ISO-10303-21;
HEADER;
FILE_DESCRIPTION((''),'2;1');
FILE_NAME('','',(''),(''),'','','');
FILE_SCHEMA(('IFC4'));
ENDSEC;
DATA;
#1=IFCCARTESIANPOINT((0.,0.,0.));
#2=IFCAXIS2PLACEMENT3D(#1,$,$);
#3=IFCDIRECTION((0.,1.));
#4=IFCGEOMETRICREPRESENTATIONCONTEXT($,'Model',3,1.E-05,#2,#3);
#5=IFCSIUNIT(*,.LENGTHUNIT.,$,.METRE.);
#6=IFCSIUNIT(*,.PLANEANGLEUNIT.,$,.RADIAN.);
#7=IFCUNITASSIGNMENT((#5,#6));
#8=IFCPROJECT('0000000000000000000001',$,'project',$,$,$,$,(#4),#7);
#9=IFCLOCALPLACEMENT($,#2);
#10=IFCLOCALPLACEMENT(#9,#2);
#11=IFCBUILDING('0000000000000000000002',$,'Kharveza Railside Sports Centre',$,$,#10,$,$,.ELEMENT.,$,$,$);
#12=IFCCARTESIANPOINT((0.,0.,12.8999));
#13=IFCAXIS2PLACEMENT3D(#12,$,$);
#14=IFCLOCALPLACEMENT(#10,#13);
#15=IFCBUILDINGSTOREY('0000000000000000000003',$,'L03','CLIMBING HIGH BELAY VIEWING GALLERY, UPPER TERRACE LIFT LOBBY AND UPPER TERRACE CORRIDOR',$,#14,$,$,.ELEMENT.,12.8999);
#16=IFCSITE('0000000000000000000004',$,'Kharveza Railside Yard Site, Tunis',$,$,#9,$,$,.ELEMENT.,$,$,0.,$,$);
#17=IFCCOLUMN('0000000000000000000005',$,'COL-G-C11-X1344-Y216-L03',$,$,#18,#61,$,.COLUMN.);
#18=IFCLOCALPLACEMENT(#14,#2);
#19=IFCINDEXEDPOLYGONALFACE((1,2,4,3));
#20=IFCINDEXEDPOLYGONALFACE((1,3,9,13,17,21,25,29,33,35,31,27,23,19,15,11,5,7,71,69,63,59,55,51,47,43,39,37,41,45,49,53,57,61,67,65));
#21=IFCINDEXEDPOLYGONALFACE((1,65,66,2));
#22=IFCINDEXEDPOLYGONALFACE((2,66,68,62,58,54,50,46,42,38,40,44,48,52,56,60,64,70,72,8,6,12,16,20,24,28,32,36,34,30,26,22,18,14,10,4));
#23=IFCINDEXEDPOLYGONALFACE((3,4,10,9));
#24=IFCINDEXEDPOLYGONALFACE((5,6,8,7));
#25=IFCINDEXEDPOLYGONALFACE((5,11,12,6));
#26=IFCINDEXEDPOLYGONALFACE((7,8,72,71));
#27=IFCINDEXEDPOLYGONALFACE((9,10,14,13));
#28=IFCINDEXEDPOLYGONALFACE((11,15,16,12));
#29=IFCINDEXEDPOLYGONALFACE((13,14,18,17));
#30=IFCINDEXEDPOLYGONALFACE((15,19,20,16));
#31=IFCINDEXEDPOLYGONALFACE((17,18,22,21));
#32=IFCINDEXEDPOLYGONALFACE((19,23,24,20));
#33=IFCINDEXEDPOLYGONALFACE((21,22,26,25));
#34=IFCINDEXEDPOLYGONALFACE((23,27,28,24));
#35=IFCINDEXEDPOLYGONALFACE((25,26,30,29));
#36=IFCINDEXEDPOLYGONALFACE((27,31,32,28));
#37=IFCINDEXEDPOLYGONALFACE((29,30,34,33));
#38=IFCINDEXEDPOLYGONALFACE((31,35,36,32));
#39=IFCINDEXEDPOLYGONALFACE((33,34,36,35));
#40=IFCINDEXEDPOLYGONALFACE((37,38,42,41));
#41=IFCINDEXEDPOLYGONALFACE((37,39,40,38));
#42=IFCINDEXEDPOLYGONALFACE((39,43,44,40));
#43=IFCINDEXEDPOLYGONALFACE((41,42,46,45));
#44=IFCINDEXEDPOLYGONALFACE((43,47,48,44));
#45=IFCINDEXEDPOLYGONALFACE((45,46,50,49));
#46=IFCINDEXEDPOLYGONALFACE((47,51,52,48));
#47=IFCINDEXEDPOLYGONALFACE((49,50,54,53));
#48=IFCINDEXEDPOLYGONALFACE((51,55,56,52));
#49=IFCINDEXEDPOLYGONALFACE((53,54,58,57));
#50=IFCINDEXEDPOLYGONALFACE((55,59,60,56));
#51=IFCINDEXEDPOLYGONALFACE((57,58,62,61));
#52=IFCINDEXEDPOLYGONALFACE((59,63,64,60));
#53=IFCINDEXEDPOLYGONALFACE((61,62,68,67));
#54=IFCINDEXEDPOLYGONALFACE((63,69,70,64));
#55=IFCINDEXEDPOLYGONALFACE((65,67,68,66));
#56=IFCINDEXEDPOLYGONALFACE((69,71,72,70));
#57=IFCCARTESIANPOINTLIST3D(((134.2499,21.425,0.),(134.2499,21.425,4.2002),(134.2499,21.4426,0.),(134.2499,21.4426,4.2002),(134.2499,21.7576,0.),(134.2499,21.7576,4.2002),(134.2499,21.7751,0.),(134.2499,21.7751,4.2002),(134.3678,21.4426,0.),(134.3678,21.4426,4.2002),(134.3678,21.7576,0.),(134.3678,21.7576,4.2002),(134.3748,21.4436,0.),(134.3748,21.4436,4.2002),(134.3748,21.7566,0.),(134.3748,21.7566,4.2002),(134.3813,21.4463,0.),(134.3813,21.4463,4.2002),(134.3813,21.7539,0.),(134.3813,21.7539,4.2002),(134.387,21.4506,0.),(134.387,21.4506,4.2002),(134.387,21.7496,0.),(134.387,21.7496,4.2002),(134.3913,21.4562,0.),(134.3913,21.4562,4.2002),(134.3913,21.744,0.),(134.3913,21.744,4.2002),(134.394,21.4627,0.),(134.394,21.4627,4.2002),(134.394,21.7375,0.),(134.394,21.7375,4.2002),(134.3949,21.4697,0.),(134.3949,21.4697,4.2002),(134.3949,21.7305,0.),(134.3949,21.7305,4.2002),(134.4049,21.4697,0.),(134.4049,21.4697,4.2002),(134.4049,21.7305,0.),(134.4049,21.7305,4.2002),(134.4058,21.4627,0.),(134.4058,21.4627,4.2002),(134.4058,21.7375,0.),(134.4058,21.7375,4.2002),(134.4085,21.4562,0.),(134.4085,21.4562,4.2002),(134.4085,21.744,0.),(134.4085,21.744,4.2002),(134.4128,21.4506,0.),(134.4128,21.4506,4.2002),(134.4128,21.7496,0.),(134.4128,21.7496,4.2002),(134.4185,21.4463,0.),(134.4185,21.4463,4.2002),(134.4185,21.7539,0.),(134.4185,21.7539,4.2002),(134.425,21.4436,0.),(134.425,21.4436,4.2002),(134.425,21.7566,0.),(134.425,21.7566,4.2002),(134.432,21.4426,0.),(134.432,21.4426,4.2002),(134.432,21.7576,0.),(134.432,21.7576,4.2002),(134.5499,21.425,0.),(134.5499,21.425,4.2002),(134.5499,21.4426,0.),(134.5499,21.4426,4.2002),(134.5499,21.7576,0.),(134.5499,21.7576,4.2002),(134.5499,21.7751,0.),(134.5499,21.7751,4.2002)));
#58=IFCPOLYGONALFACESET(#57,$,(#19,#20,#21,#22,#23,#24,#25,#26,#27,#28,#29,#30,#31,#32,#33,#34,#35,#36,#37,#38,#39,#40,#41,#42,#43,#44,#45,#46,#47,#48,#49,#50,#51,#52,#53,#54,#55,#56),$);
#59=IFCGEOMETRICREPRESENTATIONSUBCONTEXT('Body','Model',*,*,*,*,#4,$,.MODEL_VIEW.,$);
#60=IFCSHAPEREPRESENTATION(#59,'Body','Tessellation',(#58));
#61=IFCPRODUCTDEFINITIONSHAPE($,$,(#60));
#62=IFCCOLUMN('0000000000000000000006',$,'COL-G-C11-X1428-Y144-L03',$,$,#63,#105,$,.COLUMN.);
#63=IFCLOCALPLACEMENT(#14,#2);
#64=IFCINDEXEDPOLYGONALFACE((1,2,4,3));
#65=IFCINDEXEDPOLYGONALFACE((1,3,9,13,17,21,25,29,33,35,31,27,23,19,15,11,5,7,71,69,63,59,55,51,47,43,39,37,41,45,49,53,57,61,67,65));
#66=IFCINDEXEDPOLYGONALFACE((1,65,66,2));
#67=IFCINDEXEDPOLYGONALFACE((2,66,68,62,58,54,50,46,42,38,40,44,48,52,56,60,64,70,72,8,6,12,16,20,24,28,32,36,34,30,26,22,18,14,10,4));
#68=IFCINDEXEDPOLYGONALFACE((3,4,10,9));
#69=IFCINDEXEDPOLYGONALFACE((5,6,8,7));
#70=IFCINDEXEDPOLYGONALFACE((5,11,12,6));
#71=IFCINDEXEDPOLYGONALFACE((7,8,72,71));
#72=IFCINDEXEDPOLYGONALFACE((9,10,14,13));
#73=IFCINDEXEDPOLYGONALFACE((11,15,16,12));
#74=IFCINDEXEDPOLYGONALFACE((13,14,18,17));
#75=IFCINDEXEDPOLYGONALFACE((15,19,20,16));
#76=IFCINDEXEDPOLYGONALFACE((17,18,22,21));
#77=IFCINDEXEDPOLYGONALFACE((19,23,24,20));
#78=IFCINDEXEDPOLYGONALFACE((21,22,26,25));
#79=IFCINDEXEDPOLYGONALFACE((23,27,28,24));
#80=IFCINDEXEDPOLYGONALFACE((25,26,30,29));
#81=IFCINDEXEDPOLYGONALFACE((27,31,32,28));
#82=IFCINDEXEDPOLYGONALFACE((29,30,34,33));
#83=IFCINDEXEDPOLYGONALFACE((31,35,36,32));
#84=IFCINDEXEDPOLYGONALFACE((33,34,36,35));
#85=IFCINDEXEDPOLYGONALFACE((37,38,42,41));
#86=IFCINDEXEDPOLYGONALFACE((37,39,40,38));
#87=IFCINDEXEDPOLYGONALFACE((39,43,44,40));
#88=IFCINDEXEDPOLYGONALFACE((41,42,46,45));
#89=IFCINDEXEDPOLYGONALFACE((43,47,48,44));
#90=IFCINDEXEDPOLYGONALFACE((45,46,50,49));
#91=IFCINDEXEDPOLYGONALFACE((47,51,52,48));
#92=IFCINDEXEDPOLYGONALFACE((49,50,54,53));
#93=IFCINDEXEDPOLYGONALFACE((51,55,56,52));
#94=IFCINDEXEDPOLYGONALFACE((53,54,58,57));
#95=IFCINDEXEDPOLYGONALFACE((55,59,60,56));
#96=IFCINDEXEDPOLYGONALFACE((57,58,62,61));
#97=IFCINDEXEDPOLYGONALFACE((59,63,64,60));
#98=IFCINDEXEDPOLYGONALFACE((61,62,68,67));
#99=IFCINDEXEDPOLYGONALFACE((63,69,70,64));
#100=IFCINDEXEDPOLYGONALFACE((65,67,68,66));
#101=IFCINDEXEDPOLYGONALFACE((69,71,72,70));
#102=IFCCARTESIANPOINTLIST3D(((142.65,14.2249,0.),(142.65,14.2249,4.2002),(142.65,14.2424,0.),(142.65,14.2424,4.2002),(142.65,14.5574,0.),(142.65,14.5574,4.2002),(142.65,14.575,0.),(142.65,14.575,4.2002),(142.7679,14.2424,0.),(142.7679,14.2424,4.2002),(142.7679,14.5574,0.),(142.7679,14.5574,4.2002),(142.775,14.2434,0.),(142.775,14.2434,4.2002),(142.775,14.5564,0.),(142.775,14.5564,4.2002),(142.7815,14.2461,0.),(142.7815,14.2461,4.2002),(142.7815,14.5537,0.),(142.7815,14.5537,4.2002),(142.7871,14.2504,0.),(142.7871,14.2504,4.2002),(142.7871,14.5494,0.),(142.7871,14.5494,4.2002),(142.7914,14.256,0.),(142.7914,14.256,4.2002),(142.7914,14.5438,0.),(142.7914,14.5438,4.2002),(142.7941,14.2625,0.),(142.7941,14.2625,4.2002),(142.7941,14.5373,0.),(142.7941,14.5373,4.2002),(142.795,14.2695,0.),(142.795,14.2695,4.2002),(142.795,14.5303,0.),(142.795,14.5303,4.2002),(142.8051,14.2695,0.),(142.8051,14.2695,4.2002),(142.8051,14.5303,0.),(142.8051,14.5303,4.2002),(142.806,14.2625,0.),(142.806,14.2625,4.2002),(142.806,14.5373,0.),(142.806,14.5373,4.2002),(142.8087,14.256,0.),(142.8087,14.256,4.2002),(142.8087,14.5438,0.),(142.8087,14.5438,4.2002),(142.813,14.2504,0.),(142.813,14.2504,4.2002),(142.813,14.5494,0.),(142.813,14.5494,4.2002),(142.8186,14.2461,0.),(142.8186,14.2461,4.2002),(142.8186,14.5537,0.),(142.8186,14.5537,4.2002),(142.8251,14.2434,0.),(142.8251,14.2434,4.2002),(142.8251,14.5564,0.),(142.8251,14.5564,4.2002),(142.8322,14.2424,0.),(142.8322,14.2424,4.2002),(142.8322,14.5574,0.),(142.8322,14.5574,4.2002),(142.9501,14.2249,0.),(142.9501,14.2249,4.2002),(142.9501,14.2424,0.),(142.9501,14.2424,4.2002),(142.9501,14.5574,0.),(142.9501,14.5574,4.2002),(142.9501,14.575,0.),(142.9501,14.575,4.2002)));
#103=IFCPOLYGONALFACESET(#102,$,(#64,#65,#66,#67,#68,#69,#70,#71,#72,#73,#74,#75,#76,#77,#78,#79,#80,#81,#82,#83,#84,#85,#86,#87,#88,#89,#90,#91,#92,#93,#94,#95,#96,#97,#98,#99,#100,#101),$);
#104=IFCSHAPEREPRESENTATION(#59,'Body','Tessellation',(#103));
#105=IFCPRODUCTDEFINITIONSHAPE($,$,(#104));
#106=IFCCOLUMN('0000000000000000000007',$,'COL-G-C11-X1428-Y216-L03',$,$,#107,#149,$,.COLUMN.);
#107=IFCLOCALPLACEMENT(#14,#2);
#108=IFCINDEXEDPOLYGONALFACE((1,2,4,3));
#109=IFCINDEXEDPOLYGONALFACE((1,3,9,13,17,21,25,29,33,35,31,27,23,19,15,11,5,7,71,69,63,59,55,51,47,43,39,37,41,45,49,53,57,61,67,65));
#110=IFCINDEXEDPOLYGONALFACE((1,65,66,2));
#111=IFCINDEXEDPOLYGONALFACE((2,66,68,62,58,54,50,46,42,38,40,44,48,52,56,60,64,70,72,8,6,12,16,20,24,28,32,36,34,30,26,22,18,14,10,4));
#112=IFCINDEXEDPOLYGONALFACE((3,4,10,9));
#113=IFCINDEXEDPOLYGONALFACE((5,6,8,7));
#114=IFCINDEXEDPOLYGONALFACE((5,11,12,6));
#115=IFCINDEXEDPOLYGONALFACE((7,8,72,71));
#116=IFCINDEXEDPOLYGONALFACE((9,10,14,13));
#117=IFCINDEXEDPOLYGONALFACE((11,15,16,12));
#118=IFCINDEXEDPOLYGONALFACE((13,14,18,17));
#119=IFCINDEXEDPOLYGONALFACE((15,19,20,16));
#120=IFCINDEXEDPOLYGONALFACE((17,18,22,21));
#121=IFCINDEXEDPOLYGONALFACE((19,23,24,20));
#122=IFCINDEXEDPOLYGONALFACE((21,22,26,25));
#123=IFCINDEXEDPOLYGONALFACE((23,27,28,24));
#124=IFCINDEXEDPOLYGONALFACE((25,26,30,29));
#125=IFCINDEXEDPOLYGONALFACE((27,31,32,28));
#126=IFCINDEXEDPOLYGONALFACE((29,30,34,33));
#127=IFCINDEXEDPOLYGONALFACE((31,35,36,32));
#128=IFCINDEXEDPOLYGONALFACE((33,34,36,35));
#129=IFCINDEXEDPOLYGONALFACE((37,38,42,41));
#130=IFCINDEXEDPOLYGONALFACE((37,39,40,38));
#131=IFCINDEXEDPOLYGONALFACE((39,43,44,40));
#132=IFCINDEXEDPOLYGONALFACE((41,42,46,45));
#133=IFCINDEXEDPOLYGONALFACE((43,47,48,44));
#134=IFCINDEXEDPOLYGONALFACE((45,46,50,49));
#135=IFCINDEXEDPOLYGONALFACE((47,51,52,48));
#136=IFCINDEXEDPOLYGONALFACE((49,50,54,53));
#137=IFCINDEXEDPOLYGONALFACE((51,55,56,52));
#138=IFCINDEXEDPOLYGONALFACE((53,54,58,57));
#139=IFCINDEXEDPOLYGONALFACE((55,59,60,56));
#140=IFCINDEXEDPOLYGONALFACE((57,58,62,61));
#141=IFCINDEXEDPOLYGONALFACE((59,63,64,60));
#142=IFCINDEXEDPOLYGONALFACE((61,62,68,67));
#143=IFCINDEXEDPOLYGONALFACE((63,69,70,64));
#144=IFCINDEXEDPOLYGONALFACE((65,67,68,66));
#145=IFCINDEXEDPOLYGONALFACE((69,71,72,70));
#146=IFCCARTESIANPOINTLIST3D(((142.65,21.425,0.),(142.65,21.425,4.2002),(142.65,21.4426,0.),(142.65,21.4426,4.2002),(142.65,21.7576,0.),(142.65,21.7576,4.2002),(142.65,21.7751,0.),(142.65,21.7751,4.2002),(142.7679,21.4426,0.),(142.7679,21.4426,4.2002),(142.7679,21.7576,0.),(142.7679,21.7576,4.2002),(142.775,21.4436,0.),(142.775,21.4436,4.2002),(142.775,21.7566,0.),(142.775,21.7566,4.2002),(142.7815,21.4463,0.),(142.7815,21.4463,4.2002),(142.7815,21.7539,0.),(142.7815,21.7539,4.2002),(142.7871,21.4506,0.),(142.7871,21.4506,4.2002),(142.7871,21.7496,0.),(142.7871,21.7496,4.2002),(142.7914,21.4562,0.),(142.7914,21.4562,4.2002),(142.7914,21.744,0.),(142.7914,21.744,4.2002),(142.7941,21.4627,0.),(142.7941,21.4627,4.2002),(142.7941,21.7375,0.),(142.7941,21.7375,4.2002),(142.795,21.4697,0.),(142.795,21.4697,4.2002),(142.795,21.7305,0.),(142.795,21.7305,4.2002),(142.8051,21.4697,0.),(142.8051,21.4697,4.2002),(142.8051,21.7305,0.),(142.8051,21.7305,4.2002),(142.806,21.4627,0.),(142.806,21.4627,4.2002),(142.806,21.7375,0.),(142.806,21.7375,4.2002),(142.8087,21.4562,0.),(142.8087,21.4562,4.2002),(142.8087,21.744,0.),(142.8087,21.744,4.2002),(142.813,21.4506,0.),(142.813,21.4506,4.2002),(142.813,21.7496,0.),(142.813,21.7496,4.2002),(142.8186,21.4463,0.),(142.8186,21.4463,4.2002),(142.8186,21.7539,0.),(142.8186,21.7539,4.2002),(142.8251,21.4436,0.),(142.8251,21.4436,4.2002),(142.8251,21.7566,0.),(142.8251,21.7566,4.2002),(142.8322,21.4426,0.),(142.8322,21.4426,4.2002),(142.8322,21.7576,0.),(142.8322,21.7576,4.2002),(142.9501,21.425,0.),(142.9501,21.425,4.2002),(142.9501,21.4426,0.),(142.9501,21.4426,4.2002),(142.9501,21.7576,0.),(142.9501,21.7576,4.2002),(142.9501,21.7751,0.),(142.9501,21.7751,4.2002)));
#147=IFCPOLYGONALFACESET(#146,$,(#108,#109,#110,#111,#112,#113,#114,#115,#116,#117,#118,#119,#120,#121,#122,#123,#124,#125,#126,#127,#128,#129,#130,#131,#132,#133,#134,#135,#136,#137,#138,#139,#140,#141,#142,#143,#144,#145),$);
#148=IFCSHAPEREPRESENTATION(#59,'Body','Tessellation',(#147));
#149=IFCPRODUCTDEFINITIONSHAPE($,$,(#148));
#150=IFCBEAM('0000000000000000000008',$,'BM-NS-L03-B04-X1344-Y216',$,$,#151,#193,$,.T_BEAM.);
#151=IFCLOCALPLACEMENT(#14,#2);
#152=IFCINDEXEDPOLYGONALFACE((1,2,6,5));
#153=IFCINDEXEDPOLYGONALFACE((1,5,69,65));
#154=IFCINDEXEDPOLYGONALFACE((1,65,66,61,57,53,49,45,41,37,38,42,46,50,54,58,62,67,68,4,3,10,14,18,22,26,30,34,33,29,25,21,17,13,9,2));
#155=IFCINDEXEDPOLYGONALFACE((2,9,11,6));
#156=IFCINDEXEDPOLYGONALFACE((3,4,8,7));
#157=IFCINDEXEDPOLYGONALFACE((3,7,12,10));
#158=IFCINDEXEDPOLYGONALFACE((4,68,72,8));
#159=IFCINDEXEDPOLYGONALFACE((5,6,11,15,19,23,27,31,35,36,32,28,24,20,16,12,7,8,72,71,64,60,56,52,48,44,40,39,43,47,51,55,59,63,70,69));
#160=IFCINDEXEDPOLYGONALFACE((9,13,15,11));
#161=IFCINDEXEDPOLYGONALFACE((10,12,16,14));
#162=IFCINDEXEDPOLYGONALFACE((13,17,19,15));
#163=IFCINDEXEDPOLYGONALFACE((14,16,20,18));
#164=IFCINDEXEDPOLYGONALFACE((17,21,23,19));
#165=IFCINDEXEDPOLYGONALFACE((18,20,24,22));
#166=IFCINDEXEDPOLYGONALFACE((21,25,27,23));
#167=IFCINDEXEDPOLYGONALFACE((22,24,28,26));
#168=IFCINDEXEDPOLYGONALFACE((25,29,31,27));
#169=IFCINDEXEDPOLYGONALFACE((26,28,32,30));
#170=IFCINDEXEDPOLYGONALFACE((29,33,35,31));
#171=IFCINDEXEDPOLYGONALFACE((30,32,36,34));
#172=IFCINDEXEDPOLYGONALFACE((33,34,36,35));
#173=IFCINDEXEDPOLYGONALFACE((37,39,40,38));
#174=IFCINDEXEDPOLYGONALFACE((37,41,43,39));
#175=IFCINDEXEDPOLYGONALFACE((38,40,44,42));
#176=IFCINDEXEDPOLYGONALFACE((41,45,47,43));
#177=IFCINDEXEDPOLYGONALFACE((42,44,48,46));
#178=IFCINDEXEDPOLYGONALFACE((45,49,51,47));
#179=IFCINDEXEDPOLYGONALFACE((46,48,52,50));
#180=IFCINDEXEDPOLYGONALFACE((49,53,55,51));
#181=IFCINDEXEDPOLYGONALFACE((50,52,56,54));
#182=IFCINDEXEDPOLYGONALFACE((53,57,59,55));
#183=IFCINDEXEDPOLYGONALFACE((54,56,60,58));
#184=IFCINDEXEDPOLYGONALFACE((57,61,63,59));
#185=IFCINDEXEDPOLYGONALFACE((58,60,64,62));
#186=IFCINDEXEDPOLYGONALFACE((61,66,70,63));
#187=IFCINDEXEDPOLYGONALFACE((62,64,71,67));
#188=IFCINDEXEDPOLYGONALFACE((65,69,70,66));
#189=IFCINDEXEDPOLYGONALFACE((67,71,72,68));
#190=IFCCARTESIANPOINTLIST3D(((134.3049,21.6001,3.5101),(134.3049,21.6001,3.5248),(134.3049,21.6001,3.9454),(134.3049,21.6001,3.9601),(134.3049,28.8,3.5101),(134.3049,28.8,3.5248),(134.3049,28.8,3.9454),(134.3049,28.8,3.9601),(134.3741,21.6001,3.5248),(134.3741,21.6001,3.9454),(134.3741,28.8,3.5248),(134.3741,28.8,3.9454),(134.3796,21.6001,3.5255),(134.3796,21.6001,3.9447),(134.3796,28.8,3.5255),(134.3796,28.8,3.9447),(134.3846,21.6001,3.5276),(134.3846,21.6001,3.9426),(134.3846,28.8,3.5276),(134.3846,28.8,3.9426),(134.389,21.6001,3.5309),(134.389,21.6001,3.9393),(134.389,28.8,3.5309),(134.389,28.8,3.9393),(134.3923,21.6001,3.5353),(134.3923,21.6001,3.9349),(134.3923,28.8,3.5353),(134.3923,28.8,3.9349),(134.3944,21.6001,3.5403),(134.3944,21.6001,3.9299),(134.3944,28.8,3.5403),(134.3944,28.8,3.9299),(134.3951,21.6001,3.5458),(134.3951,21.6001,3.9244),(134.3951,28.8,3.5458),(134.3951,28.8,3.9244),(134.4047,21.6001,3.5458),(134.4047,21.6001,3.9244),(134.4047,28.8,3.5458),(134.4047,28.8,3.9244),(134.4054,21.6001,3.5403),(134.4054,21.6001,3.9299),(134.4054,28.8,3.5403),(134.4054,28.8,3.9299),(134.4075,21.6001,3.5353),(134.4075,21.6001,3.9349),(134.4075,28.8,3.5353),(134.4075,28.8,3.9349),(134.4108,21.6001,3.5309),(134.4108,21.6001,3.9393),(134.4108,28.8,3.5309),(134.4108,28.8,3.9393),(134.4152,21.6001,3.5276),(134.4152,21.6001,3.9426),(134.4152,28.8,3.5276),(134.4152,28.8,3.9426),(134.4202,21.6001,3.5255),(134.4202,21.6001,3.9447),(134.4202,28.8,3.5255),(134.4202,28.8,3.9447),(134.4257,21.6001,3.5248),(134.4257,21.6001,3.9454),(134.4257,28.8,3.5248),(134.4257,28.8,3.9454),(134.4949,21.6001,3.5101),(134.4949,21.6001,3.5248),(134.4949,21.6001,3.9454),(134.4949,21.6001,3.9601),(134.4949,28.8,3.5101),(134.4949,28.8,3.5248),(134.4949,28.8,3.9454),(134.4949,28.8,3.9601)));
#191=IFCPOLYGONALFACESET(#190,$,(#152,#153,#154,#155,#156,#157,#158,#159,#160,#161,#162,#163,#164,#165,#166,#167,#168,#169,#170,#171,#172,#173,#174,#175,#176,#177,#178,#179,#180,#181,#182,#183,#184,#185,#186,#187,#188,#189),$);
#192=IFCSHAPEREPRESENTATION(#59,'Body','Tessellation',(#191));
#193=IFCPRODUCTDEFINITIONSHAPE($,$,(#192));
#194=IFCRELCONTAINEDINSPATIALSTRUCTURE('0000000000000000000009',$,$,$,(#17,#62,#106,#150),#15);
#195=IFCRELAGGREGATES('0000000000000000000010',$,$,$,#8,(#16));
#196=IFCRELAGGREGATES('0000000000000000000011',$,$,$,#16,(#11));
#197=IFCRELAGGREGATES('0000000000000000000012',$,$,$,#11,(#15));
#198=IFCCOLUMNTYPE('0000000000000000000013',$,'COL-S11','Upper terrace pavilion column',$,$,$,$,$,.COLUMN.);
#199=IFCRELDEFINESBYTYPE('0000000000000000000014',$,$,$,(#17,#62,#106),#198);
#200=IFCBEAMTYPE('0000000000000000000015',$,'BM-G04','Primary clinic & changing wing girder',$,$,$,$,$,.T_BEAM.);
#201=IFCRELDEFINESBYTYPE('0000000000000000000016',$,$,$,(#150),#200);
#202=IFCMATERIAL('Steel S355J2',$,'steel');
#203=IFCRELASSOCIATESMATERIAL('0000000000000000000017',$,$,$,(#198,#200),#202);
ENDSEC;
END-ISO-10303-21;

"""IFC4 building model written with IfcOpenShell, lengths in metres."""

from ifc_helpers import new_model, si_unit, direction, frame, origin, origin_2d, place, context, subcontext, project, spatial, i_section, extrude, material, material_profile, profile_set, type_object, element, save


model = new_model("IFC4")

# Units and contexts
model_context = context("Model", 3, precision=1e-05, world=origin(), true_north=direction((0.0, 1.0)))
body_context = subcontext(model_context, "Body", "Model", "MODEL_VIEW")
ifc_project = project(units=[si_unit("LENGTHUNIT", "METRE"), si_unit("PLANEANGLEUNIT", "RADIAN")], contexts=[model_context])

# Site, building, storey
site_placement = place(None, origin())
site = spatial("IfcSite", under=ifc_project, at=site_placement, Name="Kharveza Railside Yard Site, Tunis", CompositionType="ELEMENT", RefElevation=0.0)
building_placement = place(site_placement, origin())
building = spatial("IfcBuilding", under=site, at=building_placement, Name="Kharveza Railside Sports Centre", CompositionType="ELEMENT")
storey_placement = place(building_placement, frame((0.0, 0.0, 12.8999)))
storey = spatial("IfcBuildingStorey", under=building, at=storey_placement, Name="L03", Description="CLIMBING HIGH BELAY VIEWING GALLERY, UPPER TERRACE LIFT LOBBY AND UPPER TERRACE CORRIDOR", CompositionType="ELEMENT", Elevation=12.8999)

# Columns
ifc_material_1 = material(Name="Steel S355J2", Category="steel")
ifc_material_profile_1 = material_profile(ifc_material_1, i_section(OverallWidth=0.3, OverallDepth=0.3501, WebThickness=0.01, FlangeThickness=0.0176, FilletRadius=0.0271, at=origin_2d()), Name="HEA 360")
ifc_profile_set_1 = profile_set([ifc_material_profile_1], Name="Steel S355J2")
column_type = type_object("IfcColumnType", Name="COL-S11", Description="Upper terrace pavilion column", PredefinedType="COLUMN", material=ifc_profile_set_1)
for number, where, z_axis, x_axis, name in (
    (1, (134.3999, 21.6001, 0.0), (0.0, 0.0, 1.0), (1.0, 0.0, 0.0), "COL-G-C11-X1344-Y216-L03"),
    (2, (142.8, 14.3999, 0.0), (0.0, 0.0, 1.0), (1.0, 0.0, 0.0), "COL-G-C11-X1428-Y144-L03"),
    (3, (142.8, 21.6001, 0.0), (0.0, 0.0, 1.0), (1.0, 0.0, 0.0), "COL-G-C11-X1428-Y216-L03"),
):
    element("IfcColumn", number, at=place(storey_placement, frame(where, z_axis=z_axis, x_axis=x_axis)), inside=storey, type_object=column_type, Name=name, PredefinedType="COLUMN", context=body_context, shape_type="SweptSolid", body=[
        extrude(i_section(OverallWidth=0.3, OverallDepth=0.3501, WebThickness=0.01, FlangeThickness=0.0176, FilletRadius=0.0271, at=origin_2d()), origin(), (0.0, 0.0, 1.0), 4.2002),
    ])

# Beam
ifc_material_profile_2 = material_profile(ifc_material_1, i_section(OverallWidth=0.1899, OverallDepth=0.45, WebThickness=0.0095, FlangeThickness=0.0146, FilletRadius=0.021, at=origin_2d()), Name="IPE 450")
ifc_profile_set_2 = profile_set([ifc_material_profile_2], Name="Steel S355J2")
beam_type_1 = type_object("IfcBeamType", Name="BM-G04", Description="Primary clinic & changing wing girder", PredefinedType="T_BEAM", material=ifc_profile_set_2)
beam_1_placement = place(storey_placement, frame((134.3999, 21.6001, 3.7351), z_axis=(0.0, 1.0, 0.0), x_axis=(-1.0, 0.0, 0.0)))
element("IfcBeam", 4, at=beam_1_placement, inside=storey, type_object=beam_type_1, Name="BM-NS-L03-B04-X1344-Y216", PredefinedType="T_BEAM", context=body_context, shape_type="SweptSolid", body=[
    extrude(i_section(OverallWidth=0.1899, OverallDepth=0.45, WebThickness=0.0095, FlangeThickness=0.0146, FilletRadius=0.021, at=origin_2d()), origin(), (0.0, 0.0, 1.0), 7.2),
])

save(model, "model.ifc")
